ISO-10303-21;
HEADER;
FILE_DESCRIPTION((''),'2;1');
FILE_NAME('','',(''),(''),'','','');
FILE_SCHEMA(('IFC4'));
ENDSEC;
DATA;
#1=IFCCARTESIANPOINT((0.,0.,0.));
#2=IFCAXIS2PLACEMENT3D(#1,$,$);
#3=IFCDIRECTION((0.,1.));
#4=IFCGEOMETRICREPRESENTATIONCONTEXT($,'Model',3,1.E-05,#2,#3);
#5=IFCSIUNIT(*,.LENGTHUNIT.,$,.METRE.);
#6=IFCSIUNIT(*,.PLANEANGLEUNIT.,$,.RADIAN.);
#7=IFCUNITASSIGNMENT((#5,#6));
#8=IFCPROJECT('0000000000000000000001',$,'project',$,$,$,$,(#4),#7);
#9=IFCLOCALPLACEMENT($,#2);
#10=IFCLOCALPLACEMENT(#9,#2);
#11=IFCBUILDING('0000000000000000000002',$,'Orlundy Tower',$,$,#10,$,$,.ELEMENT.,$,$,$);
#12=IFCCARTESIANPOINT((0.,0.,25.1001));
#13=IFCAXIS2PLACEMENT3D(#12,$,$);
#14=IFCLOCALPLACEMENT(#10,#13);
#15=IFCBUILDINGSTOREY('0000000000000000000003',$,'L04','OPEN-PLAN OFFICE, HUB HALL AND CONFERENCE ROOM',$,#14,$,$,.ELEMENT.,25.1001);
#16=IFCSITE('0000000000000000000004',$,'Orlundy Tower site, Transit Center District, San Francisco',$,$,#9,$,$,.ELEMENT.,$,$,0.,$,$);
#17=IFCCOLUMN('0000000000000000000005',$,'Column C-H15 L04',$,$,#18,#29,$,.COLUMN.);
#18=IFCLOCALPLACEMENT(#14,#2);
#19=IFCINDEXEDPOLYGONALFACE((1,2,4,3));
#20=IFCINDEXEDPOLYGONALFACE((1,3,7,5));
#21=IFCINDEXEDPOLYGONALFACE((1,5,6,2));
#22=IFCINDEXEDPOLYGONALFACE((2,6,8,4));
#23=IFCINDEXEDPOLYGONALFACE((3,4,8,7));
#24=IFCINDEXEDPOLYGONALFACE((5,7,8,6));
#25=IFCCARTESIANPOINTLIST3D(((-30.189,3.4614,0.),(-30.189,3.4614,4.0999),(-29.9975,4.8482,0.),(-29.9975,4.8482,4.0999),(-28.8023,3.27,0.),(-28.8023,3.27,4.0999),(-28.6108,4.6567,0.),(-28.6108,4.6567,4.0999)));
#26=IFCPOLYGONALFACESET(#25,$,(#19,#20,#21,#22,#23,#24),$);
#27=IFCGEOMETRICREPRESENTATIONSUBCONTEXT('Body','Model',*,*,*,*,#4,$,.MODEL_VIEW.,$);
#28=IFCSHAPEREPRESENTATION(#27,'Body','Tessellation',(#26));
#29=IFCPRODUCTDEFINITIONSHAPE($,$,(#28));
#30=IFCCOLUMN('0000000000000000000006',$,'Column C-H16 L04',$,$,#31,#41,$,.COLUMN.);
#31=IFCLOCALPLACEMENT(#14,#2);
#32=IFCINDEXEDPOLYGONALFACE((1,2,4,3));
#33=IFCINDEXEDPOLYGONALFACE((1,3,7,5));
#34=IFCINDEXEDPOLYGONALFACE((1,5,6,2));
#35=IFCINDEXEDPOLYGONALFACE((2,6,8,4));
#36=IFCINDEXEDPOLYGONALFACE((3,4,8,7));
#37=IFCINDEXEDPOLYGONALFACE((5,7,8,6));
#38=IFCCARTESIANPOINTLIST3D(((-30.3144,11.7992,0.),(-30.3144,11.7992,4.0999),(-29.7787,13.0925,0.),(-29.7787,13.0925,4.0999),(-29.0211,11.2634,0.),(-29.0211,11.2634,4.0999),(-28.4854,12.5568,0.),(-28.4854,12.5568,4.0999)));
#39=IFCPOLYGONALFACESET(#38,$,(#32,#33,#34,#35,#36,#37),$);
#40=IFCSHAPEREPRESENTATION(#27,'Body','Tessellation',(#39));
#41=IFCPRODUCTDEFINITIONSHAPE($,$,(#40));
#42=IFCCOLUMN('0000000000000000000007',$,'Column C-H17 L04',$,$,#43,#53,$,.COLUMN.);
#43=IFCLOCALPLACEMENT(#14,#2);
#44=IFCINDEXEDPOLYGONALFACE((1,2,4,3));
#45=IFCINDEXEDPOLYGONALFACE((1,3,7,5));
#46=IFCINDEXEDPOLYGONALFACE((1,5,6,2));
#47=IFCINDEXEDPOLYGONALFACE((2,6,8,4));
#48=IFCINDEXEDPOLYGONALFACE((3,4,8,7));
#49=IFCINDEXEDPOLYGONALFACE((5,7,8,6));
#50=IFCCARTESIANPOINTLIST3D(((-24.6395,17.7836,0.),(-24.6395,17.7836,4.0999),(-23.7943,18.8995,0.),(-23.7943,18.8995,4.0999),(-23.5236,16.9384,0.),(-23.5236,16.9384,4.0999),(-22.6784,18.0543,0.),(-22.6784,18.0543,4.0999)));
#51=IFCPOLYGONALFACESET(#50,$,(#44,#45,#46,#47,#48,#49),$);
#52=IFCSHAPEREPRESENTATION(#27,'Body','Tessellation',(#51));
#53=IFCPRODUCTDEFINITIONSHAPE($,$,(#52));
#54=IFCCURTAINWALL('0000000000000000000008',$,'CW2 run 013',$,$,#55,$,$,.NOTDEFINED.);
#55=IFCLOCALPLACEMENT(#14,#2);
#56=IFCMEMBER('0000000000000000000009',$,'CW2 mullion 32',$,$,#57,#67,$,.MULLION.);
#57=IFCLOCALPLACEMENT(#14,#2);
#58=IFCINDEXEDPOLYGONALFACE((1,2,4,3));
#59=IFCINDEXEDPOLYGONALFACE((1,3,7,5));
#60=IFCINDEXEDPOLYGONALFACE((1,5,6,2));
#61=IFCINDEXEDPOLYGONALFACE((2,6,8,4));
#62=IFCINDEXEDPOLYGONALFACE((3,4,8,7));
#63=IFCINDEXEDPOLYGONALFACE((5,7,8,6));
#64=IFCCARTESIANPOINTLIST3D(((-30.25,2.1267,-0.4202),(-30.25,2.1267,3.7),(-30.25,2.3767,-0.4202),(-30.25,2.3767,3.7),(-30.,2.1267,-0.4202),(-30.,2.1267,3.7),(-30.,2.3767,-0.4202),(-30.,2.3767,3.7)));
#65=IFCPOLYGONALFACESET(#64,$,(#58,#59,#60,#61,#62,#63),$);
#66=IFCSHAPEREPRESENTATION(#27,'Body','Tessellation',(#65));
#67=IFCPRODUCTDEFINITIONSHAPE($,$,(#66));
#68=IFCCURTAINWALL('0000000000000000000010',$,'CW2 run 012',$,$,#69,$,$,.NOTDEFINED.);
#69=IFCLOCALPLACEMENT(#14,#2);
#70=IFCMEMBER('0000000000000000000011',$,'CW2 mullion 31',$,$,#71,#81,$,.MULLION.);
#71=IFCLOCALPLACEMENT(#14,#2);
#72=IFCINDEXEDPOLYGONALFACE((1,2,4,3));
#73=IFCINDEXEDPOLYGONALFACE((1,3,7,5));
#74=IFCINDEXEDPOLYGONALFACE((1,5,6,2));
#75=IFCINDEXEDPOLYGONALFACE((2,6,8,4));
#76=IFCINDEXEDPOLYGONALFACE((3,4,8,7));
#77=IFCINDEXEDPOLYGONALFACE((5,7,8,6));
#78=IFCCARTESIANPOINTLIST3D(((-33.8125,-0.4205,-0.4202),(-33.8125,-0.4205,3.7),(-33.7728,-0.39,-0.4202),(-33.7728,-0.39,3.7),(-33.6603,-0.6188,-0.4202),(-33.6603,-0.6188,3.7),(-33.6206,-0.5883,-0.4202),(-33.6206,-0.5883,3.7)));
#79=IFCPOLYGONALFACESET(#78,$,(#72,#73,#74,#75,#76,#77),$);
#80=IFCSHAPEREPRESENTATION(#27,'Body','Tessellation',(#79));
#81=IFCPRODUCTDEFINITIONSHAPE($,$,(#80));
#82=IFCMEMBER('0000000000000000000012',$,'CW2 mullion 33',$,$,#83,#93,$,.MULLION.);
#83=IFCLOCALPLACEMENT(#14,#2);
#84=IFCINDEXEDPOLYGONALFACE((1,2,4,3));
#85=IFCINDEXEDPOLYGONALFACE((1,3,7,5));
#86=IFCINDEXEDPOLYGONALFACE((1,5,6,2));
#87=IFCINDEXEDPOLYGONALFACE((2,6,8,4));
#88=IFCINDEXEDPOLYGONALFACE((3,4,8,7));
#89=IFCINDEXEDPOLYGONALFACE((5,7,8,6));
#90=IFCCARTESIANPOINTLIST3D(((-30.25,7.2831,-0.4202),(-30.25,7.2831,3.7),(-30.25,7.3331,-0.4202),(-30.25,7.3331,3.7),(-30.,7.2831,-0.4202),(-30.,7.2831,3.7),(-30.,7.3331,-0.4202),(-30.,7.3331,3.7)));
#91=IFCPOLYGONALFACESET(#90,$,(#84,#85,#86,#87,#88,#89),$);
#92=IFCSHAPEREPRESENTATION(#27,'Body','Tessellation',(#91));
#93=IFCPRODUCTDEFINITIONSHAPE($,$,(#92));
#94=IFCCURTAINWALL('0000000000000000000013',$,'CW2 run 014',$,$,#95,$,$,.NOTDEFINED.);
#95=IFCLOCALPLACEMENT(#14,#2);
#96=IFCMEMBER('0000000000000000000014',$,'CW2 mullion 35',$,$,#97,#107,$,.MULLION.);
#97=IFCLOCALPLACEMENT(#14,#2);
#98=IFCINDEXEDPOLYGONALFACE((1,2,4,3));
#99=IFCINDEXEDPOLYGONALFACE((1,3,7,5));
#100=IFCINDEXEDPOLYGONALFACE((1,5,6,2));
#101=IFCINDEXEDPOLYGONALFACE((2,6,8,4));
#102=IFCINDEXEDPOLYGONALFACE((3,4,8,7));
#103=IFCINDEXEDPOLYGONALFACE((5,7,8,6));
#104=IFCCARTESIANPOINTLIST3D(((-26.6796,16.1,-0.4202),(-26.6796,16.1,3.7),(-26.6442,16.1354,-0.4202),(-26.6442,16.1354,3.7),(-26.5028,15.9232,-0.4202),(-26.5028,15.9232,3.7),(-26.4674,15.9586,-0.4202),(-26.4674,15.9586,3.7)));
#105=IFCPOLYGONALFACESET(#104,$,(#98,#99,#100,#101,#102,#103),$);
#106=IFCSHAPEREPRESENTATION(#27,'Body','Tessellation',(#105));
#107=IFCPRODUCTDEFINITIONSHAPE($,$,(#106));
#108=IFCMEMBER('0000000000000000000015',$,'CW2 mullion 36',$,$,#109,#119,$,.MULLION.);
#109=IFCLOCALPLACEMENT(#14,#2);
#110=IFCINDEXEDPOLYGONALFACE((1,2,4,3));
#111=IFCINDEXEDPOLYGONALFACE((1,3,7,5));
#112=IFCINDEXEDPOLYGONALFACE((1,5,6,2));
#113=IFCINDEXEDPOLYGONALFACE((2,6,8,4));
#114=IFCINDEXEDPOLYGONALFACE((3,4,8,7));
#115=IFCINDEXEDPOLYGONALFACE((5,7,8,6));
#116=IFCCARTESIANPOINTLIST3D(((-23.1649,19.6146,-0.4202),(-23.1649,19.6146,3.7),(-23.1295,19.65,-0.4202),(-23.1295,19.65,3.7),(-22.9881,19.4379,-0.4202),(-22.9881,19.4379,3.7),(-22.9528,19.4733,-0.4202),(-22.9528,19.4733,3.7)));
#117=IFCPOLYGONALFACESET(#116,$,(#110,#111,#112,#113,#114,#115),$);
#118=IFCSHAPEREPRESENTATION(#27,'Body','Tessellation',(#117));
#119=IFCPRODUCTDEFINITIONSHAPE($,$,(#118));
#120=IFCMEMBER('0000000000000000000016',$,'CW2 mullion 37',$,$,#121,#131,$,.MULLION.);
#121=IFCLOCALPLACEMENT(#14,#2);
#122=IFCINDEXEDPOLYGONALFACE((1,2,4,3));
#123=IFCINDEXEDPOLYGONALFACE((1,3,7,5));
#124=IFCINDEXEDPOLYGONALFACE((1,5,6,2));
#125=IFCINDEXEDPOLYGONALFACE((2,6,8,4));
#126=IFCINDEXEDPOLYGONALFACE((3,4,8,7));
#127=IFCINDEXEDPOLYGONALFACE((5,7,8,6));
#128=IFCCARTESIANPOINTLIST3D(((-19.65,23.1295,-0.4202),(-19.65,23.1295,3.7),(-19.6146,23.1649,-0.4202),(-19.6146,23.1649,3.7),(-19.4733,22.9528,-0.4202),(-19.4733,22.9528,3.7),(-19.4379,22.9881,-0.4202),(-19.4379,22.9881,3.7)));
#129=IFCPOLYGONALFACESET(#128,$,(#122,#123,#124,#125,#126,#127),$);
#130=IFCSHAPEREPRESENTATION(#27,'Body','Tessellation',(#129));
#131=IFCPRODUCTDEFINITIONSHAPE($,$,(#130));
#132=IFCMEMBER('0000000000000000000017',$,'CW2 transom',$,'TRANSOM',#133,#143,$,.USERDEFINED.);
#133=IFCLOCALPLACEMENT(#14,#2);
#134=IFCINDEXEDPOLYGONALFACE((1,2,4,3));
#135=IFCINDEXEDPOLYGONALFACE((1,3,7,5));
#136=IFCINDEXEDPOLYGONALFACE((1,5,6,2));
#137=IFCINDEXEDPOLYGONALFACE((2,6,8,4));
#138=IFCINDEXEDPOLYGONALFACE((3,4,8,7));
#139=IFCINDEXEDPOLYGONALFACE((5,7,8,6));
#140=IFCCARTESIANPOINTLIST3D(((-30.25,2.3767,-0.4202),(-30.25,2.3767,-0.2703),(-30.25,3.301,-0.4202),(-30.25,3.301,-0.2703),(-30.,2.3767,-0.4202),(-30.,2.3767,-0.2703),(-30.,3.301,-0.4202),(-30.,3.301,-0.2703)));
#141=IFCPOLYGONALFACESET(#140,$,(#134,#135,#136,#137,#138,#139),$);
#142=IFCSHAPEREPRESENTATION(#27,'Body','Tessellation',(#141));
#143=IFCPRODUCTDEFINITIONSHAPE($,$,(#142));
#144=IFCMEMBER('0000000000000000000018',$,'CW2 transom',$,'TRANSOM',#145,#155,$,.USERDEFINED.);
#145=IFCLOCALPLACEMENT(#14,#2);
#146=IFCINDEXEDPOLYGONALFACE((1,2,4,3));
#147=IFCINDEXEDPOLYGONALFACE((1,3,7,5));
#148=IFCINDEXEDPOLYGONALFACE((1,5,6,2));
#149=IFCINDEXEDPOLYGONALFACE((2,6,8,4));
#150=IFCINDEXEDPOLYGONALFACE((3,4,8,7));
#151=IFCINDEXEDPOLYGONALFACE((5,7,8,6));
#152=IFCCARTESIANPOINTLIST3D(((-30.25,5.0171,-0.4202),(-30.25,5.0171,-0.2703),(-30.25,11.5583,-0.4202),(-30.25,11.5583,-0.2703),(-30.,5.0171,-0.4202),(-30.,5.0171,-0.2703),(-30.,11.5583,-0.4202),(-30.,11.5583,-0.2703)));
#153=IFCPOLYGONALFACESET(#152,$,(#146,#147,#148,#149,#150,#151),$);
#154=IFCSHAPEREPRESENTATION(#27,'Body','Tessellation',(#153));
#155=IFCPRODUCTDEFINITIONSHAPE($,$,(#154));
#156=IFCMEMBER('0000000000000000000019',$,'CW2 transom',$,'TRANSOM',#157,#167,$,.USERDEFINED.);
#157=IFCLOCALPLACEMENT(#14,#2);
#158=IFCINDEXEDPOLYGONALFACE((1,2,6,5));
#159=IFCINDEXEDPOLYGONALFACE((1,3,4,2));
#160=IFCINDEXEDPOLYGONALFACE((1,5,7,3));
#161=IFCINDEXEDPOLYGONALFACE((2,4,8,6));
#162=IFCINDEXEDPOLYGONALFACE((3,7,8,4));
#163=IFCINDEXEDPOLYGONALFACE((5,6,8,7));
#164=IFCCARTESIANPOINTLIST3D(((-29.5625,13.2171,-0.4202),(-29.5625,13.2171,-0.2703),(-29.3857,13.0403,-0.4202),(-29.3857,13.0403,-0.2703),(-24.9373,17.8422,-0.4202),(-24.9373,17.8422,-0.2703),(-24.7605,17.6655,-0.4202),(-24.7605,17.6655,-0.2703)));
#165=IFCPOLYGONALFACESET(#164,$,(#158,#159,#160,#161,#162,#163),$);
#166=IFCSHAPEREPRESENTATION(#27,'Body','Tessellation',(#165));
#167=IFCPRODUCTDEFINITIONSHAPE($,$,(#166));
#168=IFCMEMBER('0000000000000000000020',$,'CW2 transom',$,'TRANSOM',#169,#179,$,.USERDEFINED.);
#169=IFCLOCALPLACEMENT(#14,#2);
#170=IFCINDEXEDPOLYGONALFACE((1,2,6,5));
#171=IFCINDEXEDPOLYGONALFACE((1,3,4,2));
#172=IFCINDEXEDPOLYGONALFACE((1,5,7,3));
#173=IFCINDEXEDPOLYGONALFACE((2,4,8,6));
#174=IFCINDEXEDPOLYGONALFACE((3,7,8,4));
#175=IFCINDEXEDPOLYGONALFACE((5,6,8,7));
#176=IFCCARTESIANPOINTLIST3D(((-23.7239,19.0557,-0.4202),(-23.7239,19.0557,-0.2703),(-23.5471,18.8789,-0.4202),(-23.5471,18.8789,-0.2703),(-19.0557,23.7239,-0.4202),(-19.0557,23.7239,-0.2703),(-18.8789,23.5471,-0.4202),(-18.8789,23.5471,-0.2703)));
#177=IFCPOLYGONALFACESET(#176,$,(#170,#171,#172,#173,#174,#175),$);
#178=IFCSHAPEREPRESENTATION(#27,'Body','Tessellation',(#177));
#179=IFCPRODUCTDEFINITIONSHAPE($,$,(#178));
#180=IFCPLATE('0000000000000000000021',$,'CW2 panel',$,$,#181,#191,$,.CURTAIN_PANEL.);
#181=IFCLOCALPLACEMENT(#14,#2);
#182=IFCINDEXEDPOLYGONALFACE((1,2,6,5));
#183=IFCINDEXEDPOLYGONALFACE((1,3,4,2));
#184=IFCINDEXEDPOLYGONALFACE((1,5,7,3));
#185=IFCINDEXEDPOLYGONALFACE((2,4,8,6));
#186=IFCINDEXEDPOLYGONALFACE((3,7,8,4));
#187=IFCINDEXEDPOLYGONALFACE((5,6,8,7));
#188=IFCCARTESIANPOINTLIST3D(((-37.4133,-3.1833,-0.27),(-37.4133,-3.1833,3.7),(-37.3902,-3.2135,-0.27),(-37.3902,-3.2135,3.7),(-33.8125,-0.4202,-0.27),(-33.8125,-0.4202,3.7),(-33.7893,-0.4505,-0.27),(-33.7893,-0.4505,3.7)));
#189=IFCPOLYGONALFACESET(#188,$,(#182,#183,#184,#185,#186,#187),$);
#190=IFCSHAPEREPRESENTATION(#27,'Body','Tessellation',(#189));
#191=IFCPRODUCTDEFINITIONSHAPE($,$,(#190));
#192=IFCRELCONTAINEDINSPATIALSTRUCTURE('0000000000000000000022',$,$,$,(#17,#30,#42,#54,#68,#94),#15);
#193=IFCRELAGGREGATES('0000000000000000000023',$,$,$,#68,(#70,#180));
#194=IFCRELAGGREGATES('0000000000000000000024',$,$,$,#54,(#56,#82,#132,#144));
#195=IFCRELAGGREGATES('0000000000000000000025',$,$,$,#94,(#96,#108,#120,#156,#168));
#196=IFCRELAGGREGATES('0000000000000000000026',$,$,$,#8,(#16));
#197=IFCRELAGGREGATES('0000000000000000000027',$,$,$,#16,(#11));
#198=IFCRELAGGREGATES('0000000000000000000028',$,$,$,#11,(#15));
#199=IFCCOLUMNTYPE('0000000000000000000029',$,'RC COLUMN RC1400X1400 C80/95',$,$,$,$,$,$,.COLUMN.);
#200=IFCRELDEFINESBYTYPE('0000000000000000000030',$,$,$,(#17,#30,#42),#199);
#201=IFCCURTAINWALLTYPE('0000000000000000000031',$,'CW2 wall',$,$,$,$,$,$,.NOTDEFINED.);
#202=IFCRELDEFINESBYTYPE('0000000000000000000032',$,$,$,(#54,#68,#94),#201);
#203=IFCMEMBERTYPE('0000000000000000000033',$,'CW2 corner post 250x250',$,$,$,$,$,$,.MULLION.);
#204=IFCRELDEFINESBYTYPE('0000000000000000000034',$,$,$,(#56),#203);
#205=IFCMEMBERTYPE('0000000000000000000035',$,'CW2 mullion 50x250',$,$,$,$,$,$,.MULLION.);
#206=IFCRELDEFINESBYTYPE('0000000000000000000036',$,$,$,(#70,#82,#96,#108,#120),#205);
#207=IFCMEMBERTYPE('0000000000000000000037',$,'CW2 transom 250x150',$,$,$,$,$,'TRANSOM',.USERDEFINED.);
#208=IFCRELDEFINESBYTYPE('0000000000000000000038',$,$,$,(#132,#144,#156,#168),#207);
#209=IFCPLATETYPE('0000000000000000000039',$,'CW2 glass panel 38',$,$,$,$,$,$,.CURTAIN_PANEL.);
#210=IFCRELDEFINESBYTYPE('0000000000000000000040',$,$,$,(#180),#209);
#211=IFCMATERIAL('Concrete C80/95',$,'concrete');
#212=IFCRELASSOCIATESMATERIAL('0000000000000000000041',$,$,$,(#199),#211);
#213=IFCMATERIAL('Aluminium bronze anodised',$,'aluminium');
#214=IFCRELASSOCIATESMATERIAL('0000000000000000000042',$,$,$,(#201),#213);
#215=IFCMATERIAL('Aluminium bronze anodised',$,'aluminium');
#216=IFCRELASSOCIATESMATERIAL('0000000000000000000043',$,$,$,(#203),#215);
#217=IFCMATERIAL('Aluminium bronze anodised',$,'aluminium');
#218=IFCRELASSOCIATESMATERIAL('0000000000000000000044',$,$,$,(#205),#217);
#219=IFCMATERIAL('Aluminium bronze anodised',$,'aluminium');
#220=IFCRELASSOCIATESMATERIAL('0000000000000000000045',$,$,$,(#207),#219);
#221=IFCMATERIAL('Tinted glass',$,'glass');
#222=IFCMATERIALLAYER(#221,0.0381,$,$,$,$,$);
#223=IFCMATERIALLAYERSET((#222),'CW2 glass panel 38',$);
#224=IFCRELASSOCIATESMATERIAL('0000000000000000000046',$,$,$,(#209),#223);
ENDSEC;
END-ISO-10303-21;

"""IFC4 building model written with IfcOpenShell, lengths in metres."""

from ifc_helpers import new_model, si_unit, direction, frame, origin, origin_2d, place, context, subcontext, project, spatial, rectangle, extrude, material, layer, layer_set, material_profile, profile_set, type_object, element, aggregate, save


model = new_model("IFC4")

# Units and contexts
model_context = context("Model", 3, precision=1e-05, world=origin(), true_north=direction((0.0, 1.0)))
body_context = subcontext(model_context, "Body", "Model", "MODEL_VIEW")
ifc_project = project(units=[si_unit("LENGTHUNIT", "METRE"), si_unit("PLANEANGLEUNIT", "RADIAN")], contexts=[model_context])

# Site, building, storey
site_placement = place(None, origin())
site = spatial("IfcSite", under=ifc_project, at=site_placement, Name="Orlundy Tower site, Transit Center District, San Francisco", CompositionType="ELEMENT", RefElevation=0.0)
building_placement = place(site_placement, origin())
building = spatial("IfcBuilding", under=site, at=building_placement, Name="Orlundy Tower", CompositionType="ELEMENT")
storey_placement = place(building_placement, frame((0.0, 0.0, 25.1001)))
storey = spatial("IfcBuildingStorey", under=building, at=storey_placement, Name="L04", Description="OPEN-PLAN OFFICE, HUB HALL AND CONFERENCE ROOM", CompositionType="ELEMENT", Elevation=25.1001)

# Columns
ifc_material_1 = material(Name="Concrete C80/95", Category="concrete")
ifc_material_profile_1 = material_profile(ifc_material_1, rectangle(XDim=1.3999, YDim=1.3999, at=origin_2d()), Name="RC1400X1400")
ifc_profile_set_1 = profile_set([ifc_material_profile_1], Name="Concrete C80/95")
column_type = type_object("IfcColumnType", Name="RC COLUMN RC1400X1400 C80/95", PredefinedType="COLUMN", material=ifc_profile_set_1)
for number, where, z_axis, x_axis, name in (
    (1, (-29.3999, 4.0591, 0.0), (0.0, 0.0, 1.0), (-0.990603, 0.13677, 0.0), "Column C-H15 L04"),
    (2, (-29.3999, 12.178, 0.0), (0.0, 0.0, 1.0), (-0.92388, 0.382683, 0.0), "Column C-H16 L04"),
    (3, (-23.6589, 17.9189, 0.0), (0.0, 0.0, 1.0), (-0.797163, 0.603765, 0.0), "Column C-H17 L04"),
):
    element("IfcColumn", number, at=place(storey_placement, frame(where, z_axis=z_axis, x_axis=x_axis)), inside=storey, type_object=column_type, Name=name, PredefinedType="COLUMN", context=body_context, shape_type="SweptSolid", body=[
        extrude(rectangle(XDim=1.3999, YDim=1.3999, at=origin_2d()), origin(), (0.0, 0.0, 1.0), 4.0999),
    ])

# Curtain walls, members
ifc_material_2 = material(Name="Aluminium bronze anodised", Category="aluminium")
curtain_wall_type = type_object("IfcCurtainWallType", Name="CW2 wall", PredefinedType="NOTDEFINED", material=ifc_material_2)
curtain_wall_1_placement = place(storey_placement, origin())
curtain_wall_1 = element("IfcCurtainWall", 4, at=curtain_wall_1_placement, inside=storey, type_object=curtain_wall_type, Name="CW2 run 013", PredefinedType="NOTDEFINED")
ifc_material_3 = material(Name="Aluminium bronze anodised", Category="aluminium")
ifc_material_profile_2 = material_profile(ifc_material_3, rectangle(XDim=0.25, YDim=0.25, at=origin_2d()), Name="CW2 corner post 250x250")
ifc_profile_set_2 = profile_set([ifc_material_profile_2], Name="Aluminium bronze anodised")
member_type_1 = type_object("IfcMemberType", Name="CW2 corner post 250x250", PredefinedType="MULLION", material=ifc_profile_set_2)
member_1_placement = place(storey_placement, frame((-30.125, 2.2517, -0.4202), z_axis=(0.0, 0.0, 1.0), x_axis=(-1.0, 0.0, 0.0)))
member_1 = element("IfcMember", 5, at=member_1_placement, type_object=member_type_1, Name="CW2 mullion 32", PredefinedType="MULLION", context=body_context, shape_type="SweptSolid", body=[
    extrude(rectangle(XDim=0.25, YDim=0.25, at=origin_2d()), origin(), (0.0, 0.0, 1.0), 4.1201),
])
curtain_wall_2_placement = place(storey_placement, origin())
curtain_wall_2 = element("IfcCurtainWall", 6, at=curtain_wall_2_placement, inside=storey, type_object=curtain_wall_type, Name="CW2 run 012", PredefinedType="NOTDEFINED")
ifc_material_4 = material(Name="Aluminium bronze anodised", Category="aluminium")
ifc_material_profile_3 = material_profile(ifc_material_4, rectangle(XDim=0.25, YDim=0.05, at=origin_2d()), Name="CW2 mullion 50x250")
ifc_profile_set_3 = profile_set([ifc_material_profile_3], Name="Aluminium bronze anodised")
member_type_2 = type_object("IfcMemberType", Name="CW2 mullion 50x250", PredefinedType="MULLION", material=ifc_profile_set_3)
member_2_placement = place(storey_placement, frame((-33.7166, -0.5044, -0.4202), z_axis=(0.0, 0.0, 1.0), x_axis=(-0.608768, 0.793348, 0.0)))
member_2 = element("IfcMember", 7, at=member_2_placement, type_object=member_type_2, Name="CW2 mullion 31", PredefinedType="MULLION", context=body_context, shape_type="SweptSolid", body=[
    extrude(rectangle(XDim=0.25, YDim=0.05, at=origin_2d()), origin(), (0.0, 0.0, 1.0), 4.1201),
])

# Member
member_3_placement = place(storey_placement, frame((-30.125, 7.3081, -0.4202), z_axis=(0.0, 0.0, 1.0), x_axis=(-1.0, 0.0, 0.0)))
member_3 = element("IfcMember", 8, at=member_3_placement, type_object=member_type_2, Name="CW2 mullion 33", PredefinedType="MULLION", context=body_context, shape_type="SweptSolid", body=[
    extrude(rectangle(XDim=0.25, YDim=0.05, at=origin_2d()), origin(), (0.0, 0.0, 1.0), 4.1201),
])

# Curtain wall, members
curtain_wall_3_placement = place(storey_placement, origin())
curtain_wall_3 = element("IfcCurtainWall", 9, at=curtain_wall_3_placement, inside=storey, type_object=curtain_wall_type, Name="CW2 run 014", PredefinedType="NOTDEFINED")
member_4_placement = place(storey_placement, frame((-26.5735, 16.0293, -0.4202), z_axis=(0.0, 0.0, 1.0), x_axis=(-0.707107, 0.707107, 0.0)))
member_4 = element("IfcMember", 10, at=member_4_placement, type_object=member_type_2, Name="CW2 mullion 35", PredefinedType="MULLION", context=body_context, shape_type="SweptSolid", body=[
    extrude(rectangle(XDim=0.25, YDim=0.05, at=origin_2d()), origin(), (0.0, 0.0, 1.0), 4.1201),
])
member_5_placement = place(storey_placement, frame((-23.0588, 19.5439, -0.4202), z_axis=(0.0, 0.0, 1.0), x_axis=(-0.707107, 0.707107, 0.0)))
member_5 = element("IfcMember", 11, at=member_5_placement, type_object=member_type_2, Name="CW2 mullion 36", PredefinedType="MULLION", context=body_context, shape_type="SweptSolid", body=[
    extrude(rectangle(XDim=0.25, YDim=0.05, at=origin_2d()), origin(), (0.0, 0.0, 1.0), 4.1201),
])
member_6_placement = place(storey_placement, frame((-19.5439, 23.0588, -0.4202), z_axis=(0.0, 0.0, 1.0), x_axis=(-0.707107, 0.707107, 0.0)))
member_6 = element("IfcMember", 12, at=member_6_placement, type_object=member_type_2, Name="CW2 mullion 37", PredefinedType="MULLION", context=body_context, shape_type="SweptSolid", body=[
    extrude(rectangle(XDim=0.25, YDim=0.05, at=origin_2d()), origin(), (0.0, 0.0, 1.0), 4.1201),
])

# Members
ifc_material_5 = material(Name="Aluminium bronze anodised", Category="aluminium")
ifc_material_profile_4 = material_profile(ifc_material_5, rectangle(XDim=0.25, YDim=0.1499, at=origin_2d()), Name="CW2 transom 250x150")
ifc_profile_set_4 = profile_set([ifc_material_profile_4], Name="Aluminium bronze anodised")
member_type_3 = type_object("IfcMemberType", Name="CW2 transom 250x150", ElementType="TRANSOM", PredefinedType="USERDEFINED", material=ifc_profile_set_4)
member_7_placement = place(storey_placement, frame((-30.125, 2.3767, -0.3452), z_axis=(0.0, 1.0, 0.0), x_axis=(-1.0, 0.0, 0.0)))
member_7 = element("IfcMember", 13, at=member_7_placement, type_object=member_type_3, Name="CW2 transom", ObjectType="TRANSOM", PredefinedType="USERDEFINED", context=body_context, shape_type="SweptSolid", body=[
    extrude(rectangle(XDim=0.25, YDim=0.1499, at=origin_2d()), origin(), (0.0, 0.0, 1.0), 0.9243),
])
member_8_placement = place(storey_placement, frame((-30.125, 5.0171, -0.3452), z_axis=(0.0, 1.0, 0.0), x_axis=(-1.0, 0.0, 0.0)))
member_8 = element("IfcMember", 14, at=member_8_placement, type_object=member_type_3, Name="CW2 transom", ObjectType="TRANSOM", PredefinedType="USERDEFINED", context=body_context, shape_type="SweptSolid", body=[
    extrude(rectangle(XDim=0.25, YDim=0.1499, at=origin_2d()), origin(), (0.0, 0.0, 1.0), 6.5413),
])
member_9_placement = place(storey_placement, frame((-29.4741, 13.1287, -0.3452), z_axis=(0.707107, 0.707107, 0.0), x_axis=(-0.707107, 0.707107, 0.0)))
member_9 = element("IfcMember", 15, at=member_9_placement, type_object=member_type_3, Name="CW2 transom", ObjectType="TRANSOM", PredefinedType="USERDEFINED", context=body_context, shape_type="SweptSolid", body=[
    extrude(rectangle(XDim=0.25, YDim=0.1499, at=origin_2d()), origin(), (0.0, 0.0, 1.0), 6.541),
])
member_10_placement = place(storey_placement, frame((-23.6355, 18.9673, -0.3452), z_axis=(0.707107, 0.707107, 0.0), x_axis=(-0.707107, 0.707107, 0.0)))
member_10 = element("IfcMember", 16, at=member_10_placement, type_object=member_type_3, Name="CW2 transom", ObjectType="TRANSOM", PredefinedType="USERDEFINED", context=body_context, shape_type="SweptSolid", body=[
    extrude(rectangle(XDim=0.25, YDim=0.1499, at=origin_2d()), origin(), (0.0, 0.0, 1.0), 6.6018),
])

# Plate
ifc_material_6 = material(Name="Tinted glass", Category="glass")
ifc_layer_1 = layer(ifc_material_6, 0.0381)
ifc_layer_set_1 = layer_set([ifc_layer_1], Name="CW2 glass panel 38")
plate_type = type_object("IfcPlateType", Name="CW2 glass panel 38", PredefinedType="CURTAIN_PANEL", material=ifc_layer_set_1)
plate_1_placement = place(storey_placement, frame((-35.6013, -1.8169, -0.27), z_axis=(0.0, 0.0, 1.0), x_axis=(0.793348, 0.608768, 0.0)))
plate_1 = element("IfcPlate", 17, at=plate_1_placement, type_object=plate_type, Name="CW2 panel", PredefinedType="CURTAIN_PANEL", context=body_context, shape_type="SweptSolid", body=[
    extrude(rectangle(XDim=4.5388, YDim=0.0381, at=origin_2d()), origin(), (0.0, 0.0, 1.0), 3.97),
])
aggregate(curtain_wall_2, [member_2, plate_1])
aggregate(curtain_wall_1, [member_1, member_3, member_7, member_8])
aggregate(curtain_wall_3, [member_4, member_5, member_6, member_9, member_10])

save(model, "model.ifc")
